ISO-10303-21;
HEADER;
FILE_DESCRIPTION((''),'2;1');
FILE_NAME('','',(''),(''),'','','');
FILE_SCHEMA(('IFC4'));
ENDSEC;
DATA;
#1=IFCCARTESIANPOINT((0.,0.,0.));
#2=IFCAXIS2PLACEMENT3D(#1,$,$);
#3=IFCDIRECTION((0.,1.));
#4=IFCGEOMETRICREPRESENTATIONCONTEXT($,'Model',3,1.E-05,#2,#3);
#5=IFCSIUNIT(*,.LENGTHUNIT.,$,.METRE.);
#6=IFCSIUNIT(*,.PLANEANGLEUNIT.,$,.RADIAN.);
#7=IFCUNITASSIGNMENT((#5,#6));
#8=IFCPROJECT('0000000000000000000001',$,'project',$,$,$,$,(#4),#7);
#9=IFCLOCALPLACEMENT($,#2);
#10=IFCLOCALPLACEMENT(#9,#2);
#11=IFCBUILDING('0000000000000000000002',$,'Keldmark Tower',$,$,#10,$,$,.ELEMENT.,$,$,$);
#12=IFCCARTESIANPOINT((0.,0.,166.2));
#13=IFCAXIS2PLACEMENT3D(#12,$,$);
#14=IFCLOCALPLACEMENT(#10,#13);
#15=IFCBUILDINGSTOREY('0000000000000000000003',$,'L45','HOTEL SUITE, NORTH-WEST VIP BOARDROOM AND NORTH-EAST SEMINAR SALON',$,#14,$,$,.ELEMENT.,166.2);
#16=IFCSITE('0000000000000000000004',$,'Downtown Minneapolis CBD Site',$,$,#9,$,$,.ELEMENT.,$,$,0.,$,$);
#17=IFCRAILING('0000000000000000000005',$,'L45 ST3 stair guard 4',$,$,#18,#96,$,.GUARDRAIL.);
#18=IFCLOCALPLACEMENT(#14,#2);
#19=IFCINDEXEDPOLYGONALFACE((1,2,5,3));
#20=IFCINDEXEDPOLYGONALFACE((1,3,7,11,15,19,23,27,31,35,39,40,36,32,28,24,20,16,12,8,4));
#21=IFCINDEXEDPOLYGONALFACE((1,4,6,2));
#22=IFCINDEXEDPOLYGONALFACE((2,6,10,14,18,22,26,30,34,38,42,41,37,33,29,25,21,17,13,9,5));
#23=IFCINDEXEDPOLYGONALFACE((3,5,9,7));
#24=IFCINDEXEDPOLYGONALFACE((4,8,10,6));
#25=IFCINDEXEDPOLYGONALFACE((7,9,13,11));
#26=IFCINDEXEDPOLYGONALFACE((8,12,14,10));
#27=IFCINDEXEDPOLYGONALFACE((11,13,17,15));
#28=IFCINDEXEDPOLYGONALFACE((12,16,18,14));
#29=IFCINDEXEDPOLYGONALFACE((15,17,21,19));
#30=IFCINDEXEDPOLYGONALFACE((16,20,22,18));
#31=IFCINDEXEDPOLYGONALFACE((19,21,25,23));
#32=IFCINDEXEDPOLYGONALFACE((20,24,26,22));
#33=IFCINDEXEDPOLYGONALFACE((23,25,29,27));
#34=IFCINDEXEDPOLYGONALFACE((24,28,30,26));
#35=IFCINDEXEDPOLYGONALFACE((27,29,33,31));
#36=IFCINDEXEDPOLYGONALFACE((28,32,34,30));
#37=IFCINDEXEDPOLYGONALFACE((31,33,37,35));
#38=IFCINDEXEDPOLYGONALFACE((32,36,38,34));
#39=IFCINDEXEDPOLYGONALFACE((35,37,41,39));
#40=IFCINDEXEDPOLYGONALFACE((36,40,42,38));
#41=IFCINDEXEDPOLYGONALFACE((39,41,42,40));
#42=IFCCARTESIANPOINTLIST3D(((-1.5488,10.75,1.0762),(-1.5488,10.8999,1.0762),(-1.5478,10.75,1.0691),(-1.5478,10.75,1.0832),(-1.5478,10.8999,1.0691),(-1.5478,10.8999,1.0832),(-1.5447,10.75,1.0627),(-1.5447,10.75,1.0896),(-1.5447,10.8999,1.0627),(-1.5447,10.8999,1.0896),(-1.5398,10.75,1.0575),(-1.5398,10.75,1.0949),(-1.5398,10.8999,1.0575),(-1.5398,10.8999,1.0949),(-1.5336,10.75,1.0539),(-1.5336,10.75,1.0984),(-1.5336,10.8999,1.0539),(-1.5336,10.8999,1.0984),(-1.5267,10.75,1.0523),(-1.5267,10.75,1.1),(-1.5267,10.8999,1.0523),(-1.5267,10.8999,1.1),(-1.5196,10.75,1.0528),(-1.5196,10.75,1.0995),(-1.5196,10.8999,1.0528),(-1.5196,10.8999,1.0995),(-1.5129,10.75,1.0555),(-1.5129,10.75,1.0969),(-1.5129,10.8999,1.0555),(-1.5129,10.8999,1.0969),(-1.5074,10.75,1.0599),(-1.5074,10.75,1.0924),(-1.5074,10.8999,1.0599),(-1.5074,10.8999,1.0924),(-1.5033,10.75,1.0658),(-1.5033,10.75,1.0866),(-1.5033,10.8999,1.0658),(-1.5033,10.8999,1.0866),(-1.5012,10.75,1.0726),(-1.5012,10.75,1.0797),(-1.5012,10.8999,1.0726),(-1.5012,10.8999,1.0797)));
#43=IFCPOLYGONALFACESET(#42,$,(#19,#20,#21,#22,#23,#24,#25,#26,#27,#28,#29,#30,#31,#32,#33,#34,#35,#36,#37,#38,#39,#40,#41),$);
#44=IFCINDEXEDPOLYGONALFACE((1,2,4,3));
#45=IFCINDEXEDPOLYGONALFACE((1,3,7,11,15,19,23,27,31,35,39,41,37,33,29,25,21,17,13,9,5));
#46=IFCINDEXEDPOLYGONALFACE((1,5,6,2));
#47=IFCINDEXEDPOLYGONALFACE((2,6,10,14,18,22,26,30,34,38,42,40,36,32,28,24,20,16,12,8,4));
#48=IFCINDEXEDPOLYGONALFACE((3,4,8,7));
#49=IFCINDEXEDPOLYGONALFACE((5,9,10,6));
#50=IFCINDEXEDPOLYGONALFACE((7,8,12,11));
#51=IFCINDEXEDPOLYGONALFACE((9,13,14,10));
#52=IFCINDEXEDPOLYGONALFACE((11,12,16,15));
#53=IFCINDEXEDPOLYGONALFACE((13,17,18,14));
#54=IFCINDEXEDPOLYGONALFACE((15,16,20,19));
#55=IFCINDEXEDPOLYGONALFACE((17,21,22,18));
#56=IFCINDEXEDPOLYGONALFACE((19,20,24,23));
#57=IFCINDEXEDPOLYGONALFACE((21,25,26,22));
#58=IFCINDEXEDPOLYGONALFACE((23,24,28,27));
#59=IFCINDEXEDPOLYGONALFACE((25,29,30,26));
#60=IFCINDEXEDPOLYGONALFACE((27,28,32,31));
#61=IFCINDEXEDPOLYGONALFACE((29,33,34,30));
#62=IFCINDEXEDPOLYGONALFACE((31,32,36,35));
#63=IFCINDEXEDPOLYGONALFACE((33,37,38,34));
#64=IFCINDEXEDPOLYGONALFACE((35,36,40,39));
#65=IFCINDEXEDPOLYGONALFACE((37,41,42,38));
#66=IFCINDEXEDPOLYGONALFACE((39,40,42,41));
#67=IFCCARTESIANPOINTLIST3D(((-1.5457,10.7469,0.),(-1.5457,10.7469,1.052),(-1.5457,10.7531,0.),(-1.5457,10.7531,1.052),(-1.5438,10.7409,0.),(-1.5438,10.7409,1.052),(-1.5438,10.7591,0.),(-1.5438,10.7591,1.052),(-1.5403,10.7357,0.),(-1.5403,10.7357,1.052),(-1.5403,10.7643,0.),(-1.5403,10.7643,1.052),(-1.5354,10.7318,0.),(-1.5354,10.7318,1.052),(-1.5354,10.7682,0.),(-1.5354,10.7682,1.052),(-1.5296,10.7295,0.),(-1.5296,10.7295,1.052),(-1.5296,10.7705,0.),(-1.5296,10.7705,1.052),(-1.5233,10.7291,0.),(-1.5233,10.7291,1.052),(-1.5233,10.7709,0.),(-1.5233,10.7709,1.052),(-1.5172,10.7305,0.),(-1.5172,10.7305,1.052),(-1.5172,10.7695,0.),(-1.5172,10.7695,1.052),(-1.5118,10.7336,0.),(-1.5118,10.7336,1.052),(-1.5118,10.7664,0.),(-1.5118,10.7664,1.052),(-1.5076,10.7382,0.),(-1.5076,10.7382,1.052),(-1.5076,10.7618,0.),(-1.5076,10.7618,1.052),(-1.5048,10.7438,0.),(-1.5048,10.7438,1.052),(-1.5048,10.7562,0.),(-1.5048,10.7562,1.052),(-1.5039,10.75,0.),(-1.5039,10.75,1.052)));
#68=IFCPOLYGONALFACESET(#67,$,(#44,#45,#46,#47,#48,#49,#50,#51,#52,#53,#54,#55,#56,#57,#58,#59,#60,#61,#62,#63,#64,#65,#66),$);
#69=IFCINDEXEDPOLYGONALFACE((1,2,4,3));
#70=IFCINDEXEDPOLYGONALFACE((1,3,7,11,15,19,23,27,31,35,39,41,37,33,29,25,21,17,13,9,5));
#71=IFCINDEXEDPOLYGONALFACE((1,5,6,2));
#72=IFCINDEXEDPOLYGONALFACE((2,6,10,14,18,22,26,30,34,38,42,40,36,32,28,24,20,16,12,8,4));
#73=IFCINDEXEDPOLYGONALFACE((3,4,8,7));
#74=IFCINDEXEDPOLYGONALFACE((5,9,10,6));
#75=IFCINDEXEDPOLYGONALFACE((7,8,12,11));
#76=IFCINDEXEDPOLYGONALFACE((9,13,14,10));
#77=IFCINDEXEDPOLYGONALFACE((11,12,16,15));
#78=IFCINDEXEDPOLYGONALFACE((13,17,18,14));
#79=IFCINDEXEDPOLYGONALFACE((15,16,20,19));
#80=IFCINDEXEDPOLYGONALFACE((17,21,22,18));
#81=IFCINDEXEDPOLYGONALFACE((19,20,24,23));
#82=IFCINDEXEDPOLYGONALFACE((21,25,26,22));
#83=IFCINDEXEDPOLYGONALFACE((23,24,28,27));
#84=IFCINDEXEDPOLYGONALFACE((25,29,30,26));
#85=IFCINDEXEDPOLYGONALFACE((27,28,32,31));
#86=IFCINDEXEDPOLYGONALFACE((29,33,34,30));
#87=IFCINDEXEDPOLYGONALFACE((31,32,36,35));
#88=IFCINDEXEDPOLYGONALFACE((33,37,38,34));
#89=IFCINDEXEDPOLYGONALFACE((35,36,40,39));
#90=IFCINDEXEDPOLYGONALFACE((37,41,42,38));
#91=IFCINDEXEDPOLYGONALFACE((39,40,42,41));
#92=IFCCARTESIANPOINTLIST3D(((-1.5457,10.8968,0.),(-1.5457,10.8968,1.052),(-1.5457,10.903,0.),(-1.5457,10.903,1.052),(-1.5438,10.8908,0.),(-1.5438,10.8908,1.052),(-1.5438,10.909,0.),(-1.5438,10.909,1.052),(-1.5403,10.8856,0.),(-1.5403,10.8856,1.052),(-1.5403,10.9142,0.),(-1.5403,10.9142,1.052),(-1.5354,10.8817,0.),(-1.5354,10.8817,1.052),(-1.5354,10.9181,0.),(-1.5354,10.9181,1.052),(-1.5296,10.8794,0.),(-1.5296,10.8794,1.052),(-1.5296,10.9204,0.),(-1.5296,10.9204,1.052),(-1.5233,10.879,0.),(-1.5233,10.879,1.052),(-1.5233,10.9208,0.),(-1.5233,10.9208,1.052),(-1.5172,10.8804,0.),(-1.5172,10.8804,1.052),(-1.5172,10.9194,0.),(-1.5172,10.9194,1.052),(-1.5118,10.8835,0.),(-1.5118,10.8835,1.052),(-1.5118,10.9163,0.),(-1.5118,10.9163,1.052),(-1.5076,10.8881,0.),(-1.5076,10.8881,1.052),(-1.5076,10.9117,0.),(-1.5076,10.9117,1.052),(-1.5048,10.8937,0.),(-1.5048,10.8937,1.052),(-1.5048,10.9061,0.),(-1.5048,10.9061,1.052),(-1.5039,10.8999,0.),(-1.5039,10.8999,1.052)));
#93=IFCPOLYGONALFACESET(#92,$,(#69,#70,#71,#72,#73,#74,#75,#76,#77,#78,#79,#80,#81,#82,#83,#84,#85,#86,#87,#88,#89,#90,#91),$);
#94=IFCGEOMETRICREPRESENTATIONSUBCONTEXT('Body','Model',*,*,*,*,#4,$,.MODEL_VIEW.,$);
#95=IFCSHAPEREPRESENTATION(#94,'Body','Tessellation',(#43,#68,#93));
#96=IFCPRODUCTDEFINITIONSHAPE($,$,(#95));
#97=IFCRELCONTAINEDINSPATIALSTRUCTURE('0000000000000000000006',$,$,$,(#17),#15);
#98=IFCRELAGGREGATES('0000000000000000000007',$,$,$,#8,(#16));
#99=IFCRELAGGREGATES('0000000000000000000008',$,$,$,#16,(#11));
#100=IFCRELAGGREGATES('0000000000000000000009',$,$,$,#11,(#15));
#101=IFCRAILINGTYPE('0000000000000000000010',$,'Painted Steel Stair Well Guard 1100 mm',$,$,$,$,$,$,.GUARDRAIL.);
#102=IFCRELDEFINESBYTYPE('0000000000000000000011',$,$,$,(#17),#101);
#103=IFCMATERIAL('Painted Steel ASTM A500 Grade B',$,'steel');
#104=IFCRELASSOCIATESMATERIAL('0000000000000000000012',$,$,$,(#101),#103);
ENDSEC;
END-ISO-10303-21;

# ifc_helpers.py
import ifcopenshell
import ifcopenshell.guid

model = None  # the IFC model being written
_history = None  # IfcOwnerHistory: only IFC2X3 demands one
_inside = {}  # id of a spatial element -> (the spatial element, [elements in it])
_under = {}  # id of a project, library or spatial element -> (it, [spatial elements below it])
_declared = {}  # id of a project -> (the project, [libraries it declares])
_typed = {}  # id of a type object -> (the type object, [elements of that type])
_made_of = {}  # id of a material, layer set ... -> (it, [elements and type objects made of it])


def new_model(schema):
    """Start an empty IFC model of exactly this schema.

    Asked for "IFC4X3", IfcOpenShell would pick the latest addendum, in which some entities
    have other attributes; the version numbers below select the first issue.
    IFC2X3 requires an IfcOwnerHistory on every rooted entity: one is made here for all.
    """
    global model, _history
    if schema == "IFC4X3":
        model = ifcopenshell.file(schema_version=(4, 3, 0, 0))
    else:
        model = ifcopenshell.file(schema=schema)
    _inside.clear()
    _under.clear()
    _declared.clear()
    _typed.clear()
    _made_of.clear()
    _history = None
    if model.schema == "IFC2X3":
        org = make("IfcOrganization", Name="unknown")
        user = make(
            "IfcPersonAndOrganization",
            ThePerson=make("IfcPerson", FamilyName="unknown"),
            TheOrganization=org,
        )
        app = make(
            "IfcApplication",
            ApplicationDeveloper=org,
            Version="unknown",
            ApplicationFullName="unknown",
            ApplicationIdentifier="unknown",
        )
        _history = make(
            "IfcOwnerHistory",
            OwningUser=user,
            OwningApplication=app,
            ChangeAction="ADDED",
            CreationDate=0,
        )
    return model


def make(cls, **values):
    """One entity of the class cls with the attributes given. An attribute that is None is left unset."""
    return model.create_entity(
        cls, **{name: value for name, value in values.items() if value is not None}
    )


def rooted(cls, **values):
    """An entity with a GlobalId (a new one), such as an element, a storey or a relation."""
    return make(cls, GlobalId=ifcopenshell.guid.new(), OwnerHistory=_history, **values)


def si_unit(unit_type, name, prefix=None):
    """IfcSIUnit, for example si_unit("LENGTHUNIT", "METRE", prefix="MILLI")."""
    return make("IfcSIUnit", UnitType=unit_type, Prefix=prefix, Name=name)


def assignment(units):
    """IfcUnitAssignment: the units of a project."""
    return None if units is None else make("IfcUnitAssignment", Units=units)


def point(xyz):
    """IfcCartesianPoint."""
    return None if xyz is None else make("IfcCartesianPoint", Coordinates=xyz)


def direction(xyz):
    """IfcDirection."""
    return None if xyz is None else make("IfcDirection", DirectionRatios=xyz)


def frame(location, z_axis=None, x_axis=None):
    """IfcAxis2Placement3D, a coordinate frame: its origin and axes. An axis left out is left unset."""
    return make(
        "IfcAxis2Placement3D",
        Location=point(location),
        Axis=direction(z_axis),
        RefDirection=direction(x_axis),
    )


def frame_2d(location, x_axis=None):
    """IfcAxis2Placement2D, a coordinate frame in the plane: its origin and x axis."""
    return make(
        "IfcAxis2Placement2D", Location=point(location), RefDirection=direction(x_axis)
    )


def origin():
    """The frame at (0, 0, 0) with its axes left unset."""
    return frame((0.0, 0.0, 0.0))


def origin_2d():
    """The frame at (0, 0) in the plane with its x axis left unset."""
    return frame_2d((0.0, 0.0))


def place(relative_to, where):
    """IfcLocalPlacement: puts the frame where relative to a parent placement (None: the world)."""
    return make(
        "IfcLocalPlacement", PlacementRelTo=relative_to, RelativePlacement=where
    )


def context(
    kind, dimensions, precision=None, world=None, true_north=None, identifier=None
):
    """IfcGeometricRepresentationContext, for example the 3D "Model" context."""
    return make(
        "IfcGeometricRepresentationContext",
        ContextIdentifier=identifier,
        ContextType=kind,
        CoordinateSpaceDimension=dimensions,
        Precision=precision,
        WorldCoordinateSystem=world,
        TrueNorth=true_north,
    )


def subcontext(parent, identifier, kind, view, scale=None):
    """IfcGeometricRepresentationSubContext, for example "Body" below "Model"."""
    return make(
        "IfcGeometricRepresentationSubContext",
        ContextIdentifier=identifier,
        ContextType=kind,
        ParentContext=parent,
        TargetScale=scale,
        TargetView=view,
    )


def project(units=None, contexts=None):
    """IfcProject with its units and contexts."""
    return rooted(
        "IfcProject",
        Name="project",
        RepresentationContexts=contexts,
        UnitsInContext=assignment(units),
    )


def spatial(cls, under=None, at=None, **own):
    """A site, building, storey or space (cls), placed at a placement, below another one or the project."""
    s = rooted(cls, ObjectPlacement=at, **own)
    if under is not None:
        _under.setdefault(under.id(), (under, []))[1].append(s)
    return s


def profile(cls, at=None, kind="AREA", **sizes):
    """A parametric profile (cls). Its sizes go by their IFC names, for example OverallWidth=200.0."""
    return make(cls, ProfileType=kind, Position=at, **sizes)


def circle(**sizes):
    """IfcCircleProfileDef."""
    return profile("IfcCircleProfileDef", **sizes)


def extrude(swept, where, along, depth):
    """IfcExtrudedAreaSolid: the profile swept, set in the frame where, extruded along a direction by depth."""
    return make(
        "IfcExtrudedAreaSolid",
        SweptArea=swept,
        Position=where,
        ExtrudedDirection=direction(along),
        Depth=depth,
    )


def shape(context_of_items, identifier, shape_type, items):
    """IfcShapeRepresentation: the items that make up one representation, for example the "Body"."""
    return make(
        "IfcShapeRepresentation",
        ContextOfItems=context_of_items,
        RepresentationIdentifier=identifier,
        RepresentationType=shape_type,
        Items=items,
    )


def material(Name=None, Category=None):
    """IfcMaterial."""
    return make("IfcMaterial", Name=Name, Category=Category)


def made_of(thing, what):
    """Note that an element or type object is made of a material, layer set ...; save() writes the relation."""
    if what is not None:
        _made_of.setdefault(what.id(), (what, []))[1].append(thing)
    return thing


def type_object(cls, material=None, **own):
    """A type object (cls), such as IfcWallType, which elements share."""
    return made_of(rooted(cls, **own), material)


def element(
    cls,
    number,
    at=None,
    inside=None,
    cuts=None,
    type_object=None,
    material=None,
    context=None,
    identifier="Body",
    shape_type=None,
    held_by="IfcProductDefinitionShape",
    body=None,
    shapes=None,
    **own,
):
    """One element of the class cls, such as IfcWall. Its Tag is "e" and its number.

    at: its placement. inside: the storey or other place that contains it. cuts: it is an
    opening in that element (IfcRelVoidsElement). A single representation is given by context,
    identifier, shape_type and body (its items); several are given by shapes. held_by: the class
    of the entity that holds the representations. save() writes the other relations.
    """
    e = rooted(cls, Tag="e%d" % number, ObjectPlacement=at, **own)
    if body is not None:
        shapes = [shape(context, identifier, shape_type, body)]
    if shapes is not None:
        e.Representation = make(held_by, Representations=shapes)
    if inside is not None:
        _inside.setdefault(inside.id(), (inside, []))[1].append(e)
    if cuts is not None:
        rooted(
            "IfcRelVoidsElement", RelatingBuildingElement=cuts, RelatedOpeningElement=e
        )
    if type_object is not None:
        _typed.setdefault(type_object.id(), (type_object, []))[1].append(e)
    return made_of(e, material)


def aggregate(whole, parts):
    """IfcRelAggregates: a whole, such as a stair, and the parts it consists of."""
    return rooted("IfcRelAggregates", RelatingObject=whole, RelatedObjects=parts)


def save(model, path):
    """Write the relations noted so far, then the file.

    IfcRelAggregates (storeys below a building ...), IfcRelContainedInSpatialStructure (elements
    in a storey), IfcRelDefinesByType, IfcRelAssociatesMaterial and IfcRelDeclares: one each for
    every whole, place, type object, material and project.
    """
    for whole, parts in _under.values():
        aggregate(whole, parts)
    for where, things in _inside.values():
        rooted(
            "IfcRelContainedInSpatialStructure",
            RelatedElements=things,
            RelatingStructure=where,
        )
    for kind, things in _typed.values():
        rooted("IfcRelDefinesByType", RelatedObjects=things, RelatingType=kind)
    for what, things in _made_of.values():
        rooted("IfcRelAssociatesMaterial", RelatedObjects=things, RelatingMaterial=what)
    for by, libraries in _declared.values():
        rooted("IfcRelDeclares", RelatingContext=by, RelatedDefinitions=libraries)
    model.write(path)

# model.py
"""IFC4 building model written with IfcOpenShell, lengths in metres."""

from ifc_helpers import new_model, si_unit, direction, frame, origin, origin_2d, place, context, subcontext, project, spatial, circle, extrude, material, type_object, element, save


model = new_model("IFC4")

# Units and contexts
model_context = context("Model", 3, precision=1e-05, world=origin(), true_north=direction((0.0, 1.0)))
body_context = subcontext(model_context, "Body", "Model", "MODEL_VIEW")
ifc_project = project(units=[si_unit("LENGTHUNIT", "METRE"), si_unit("PLANEANGLEUNIT", "RADIAN")], contexts=[model_context])

# Site, building, storey
site_placement = place(None, origin())
site = spatial("IfcSite", under=ifc_project, at=site_placement, Name="Downtown Minneapolis CBD Site", CompositionType="ELEMENT", RefElevation=0.0)
building_placement = place(site_placement, origin())
building = spatial("IfcBuilding", under=site, at=building_placement, Name="Keldmark Tower", CompositionType="ELEMENT")
storey_placement = place(building_placement, frame((0.0, 0.0, 166.2)))
storey = spatial("IfcBuildingStorey", under=building, at=storey_placement, Name="L45", Description="HOTEL SUITE, NORTH-WEST VIP BOARDROOM AND NORTH-EAST SEMINAR SALON", CompositionType="ELEMENT", Elevation=166.2)

# Railing
ifc_material_1 = material(Name="Painted Steel ASTM A500 Grade B", Category="steel")
railing_type = type_object("IfcRailingType", Name="Painted Steel Stair Well Guard 1100 mm", PredefinedType="GUARDRAIL", material=ifc_material_1)
railing_1_placement = place(storey_placement, frame((-1.5249, 10.75, 0.0)))
element("IfcRailing", 1, at=railing_1_placement, inside=storey, type_object=railing_type, Name="L45 ST3 stair guard 4", PredefinedType="GUARDRAIL", context=body_context, shape_type="SweptSolid", body=[
    extrude(circle(Radius=0.0239, at=origin_2d()), frame((0.0, 0.0, 1.0762), z_axis=(0.0, 1.0, 0.0), x_axis=(-1.0, 0.0, 0.0)), (0.0, 0.0, 1.0), 0.1499),
    extrude(circle(Radius=0.021, at=origin_2d()), origin(), (0.0, 0.0, 1.0), 1.052),
    extrude(circle(Radius=0.021, at=origin_2d()), frame((0.0, 0.1499, 0.0)), (0.0, 0.0, 1.0), 1.052),
])

save(model, "model.ifc")
